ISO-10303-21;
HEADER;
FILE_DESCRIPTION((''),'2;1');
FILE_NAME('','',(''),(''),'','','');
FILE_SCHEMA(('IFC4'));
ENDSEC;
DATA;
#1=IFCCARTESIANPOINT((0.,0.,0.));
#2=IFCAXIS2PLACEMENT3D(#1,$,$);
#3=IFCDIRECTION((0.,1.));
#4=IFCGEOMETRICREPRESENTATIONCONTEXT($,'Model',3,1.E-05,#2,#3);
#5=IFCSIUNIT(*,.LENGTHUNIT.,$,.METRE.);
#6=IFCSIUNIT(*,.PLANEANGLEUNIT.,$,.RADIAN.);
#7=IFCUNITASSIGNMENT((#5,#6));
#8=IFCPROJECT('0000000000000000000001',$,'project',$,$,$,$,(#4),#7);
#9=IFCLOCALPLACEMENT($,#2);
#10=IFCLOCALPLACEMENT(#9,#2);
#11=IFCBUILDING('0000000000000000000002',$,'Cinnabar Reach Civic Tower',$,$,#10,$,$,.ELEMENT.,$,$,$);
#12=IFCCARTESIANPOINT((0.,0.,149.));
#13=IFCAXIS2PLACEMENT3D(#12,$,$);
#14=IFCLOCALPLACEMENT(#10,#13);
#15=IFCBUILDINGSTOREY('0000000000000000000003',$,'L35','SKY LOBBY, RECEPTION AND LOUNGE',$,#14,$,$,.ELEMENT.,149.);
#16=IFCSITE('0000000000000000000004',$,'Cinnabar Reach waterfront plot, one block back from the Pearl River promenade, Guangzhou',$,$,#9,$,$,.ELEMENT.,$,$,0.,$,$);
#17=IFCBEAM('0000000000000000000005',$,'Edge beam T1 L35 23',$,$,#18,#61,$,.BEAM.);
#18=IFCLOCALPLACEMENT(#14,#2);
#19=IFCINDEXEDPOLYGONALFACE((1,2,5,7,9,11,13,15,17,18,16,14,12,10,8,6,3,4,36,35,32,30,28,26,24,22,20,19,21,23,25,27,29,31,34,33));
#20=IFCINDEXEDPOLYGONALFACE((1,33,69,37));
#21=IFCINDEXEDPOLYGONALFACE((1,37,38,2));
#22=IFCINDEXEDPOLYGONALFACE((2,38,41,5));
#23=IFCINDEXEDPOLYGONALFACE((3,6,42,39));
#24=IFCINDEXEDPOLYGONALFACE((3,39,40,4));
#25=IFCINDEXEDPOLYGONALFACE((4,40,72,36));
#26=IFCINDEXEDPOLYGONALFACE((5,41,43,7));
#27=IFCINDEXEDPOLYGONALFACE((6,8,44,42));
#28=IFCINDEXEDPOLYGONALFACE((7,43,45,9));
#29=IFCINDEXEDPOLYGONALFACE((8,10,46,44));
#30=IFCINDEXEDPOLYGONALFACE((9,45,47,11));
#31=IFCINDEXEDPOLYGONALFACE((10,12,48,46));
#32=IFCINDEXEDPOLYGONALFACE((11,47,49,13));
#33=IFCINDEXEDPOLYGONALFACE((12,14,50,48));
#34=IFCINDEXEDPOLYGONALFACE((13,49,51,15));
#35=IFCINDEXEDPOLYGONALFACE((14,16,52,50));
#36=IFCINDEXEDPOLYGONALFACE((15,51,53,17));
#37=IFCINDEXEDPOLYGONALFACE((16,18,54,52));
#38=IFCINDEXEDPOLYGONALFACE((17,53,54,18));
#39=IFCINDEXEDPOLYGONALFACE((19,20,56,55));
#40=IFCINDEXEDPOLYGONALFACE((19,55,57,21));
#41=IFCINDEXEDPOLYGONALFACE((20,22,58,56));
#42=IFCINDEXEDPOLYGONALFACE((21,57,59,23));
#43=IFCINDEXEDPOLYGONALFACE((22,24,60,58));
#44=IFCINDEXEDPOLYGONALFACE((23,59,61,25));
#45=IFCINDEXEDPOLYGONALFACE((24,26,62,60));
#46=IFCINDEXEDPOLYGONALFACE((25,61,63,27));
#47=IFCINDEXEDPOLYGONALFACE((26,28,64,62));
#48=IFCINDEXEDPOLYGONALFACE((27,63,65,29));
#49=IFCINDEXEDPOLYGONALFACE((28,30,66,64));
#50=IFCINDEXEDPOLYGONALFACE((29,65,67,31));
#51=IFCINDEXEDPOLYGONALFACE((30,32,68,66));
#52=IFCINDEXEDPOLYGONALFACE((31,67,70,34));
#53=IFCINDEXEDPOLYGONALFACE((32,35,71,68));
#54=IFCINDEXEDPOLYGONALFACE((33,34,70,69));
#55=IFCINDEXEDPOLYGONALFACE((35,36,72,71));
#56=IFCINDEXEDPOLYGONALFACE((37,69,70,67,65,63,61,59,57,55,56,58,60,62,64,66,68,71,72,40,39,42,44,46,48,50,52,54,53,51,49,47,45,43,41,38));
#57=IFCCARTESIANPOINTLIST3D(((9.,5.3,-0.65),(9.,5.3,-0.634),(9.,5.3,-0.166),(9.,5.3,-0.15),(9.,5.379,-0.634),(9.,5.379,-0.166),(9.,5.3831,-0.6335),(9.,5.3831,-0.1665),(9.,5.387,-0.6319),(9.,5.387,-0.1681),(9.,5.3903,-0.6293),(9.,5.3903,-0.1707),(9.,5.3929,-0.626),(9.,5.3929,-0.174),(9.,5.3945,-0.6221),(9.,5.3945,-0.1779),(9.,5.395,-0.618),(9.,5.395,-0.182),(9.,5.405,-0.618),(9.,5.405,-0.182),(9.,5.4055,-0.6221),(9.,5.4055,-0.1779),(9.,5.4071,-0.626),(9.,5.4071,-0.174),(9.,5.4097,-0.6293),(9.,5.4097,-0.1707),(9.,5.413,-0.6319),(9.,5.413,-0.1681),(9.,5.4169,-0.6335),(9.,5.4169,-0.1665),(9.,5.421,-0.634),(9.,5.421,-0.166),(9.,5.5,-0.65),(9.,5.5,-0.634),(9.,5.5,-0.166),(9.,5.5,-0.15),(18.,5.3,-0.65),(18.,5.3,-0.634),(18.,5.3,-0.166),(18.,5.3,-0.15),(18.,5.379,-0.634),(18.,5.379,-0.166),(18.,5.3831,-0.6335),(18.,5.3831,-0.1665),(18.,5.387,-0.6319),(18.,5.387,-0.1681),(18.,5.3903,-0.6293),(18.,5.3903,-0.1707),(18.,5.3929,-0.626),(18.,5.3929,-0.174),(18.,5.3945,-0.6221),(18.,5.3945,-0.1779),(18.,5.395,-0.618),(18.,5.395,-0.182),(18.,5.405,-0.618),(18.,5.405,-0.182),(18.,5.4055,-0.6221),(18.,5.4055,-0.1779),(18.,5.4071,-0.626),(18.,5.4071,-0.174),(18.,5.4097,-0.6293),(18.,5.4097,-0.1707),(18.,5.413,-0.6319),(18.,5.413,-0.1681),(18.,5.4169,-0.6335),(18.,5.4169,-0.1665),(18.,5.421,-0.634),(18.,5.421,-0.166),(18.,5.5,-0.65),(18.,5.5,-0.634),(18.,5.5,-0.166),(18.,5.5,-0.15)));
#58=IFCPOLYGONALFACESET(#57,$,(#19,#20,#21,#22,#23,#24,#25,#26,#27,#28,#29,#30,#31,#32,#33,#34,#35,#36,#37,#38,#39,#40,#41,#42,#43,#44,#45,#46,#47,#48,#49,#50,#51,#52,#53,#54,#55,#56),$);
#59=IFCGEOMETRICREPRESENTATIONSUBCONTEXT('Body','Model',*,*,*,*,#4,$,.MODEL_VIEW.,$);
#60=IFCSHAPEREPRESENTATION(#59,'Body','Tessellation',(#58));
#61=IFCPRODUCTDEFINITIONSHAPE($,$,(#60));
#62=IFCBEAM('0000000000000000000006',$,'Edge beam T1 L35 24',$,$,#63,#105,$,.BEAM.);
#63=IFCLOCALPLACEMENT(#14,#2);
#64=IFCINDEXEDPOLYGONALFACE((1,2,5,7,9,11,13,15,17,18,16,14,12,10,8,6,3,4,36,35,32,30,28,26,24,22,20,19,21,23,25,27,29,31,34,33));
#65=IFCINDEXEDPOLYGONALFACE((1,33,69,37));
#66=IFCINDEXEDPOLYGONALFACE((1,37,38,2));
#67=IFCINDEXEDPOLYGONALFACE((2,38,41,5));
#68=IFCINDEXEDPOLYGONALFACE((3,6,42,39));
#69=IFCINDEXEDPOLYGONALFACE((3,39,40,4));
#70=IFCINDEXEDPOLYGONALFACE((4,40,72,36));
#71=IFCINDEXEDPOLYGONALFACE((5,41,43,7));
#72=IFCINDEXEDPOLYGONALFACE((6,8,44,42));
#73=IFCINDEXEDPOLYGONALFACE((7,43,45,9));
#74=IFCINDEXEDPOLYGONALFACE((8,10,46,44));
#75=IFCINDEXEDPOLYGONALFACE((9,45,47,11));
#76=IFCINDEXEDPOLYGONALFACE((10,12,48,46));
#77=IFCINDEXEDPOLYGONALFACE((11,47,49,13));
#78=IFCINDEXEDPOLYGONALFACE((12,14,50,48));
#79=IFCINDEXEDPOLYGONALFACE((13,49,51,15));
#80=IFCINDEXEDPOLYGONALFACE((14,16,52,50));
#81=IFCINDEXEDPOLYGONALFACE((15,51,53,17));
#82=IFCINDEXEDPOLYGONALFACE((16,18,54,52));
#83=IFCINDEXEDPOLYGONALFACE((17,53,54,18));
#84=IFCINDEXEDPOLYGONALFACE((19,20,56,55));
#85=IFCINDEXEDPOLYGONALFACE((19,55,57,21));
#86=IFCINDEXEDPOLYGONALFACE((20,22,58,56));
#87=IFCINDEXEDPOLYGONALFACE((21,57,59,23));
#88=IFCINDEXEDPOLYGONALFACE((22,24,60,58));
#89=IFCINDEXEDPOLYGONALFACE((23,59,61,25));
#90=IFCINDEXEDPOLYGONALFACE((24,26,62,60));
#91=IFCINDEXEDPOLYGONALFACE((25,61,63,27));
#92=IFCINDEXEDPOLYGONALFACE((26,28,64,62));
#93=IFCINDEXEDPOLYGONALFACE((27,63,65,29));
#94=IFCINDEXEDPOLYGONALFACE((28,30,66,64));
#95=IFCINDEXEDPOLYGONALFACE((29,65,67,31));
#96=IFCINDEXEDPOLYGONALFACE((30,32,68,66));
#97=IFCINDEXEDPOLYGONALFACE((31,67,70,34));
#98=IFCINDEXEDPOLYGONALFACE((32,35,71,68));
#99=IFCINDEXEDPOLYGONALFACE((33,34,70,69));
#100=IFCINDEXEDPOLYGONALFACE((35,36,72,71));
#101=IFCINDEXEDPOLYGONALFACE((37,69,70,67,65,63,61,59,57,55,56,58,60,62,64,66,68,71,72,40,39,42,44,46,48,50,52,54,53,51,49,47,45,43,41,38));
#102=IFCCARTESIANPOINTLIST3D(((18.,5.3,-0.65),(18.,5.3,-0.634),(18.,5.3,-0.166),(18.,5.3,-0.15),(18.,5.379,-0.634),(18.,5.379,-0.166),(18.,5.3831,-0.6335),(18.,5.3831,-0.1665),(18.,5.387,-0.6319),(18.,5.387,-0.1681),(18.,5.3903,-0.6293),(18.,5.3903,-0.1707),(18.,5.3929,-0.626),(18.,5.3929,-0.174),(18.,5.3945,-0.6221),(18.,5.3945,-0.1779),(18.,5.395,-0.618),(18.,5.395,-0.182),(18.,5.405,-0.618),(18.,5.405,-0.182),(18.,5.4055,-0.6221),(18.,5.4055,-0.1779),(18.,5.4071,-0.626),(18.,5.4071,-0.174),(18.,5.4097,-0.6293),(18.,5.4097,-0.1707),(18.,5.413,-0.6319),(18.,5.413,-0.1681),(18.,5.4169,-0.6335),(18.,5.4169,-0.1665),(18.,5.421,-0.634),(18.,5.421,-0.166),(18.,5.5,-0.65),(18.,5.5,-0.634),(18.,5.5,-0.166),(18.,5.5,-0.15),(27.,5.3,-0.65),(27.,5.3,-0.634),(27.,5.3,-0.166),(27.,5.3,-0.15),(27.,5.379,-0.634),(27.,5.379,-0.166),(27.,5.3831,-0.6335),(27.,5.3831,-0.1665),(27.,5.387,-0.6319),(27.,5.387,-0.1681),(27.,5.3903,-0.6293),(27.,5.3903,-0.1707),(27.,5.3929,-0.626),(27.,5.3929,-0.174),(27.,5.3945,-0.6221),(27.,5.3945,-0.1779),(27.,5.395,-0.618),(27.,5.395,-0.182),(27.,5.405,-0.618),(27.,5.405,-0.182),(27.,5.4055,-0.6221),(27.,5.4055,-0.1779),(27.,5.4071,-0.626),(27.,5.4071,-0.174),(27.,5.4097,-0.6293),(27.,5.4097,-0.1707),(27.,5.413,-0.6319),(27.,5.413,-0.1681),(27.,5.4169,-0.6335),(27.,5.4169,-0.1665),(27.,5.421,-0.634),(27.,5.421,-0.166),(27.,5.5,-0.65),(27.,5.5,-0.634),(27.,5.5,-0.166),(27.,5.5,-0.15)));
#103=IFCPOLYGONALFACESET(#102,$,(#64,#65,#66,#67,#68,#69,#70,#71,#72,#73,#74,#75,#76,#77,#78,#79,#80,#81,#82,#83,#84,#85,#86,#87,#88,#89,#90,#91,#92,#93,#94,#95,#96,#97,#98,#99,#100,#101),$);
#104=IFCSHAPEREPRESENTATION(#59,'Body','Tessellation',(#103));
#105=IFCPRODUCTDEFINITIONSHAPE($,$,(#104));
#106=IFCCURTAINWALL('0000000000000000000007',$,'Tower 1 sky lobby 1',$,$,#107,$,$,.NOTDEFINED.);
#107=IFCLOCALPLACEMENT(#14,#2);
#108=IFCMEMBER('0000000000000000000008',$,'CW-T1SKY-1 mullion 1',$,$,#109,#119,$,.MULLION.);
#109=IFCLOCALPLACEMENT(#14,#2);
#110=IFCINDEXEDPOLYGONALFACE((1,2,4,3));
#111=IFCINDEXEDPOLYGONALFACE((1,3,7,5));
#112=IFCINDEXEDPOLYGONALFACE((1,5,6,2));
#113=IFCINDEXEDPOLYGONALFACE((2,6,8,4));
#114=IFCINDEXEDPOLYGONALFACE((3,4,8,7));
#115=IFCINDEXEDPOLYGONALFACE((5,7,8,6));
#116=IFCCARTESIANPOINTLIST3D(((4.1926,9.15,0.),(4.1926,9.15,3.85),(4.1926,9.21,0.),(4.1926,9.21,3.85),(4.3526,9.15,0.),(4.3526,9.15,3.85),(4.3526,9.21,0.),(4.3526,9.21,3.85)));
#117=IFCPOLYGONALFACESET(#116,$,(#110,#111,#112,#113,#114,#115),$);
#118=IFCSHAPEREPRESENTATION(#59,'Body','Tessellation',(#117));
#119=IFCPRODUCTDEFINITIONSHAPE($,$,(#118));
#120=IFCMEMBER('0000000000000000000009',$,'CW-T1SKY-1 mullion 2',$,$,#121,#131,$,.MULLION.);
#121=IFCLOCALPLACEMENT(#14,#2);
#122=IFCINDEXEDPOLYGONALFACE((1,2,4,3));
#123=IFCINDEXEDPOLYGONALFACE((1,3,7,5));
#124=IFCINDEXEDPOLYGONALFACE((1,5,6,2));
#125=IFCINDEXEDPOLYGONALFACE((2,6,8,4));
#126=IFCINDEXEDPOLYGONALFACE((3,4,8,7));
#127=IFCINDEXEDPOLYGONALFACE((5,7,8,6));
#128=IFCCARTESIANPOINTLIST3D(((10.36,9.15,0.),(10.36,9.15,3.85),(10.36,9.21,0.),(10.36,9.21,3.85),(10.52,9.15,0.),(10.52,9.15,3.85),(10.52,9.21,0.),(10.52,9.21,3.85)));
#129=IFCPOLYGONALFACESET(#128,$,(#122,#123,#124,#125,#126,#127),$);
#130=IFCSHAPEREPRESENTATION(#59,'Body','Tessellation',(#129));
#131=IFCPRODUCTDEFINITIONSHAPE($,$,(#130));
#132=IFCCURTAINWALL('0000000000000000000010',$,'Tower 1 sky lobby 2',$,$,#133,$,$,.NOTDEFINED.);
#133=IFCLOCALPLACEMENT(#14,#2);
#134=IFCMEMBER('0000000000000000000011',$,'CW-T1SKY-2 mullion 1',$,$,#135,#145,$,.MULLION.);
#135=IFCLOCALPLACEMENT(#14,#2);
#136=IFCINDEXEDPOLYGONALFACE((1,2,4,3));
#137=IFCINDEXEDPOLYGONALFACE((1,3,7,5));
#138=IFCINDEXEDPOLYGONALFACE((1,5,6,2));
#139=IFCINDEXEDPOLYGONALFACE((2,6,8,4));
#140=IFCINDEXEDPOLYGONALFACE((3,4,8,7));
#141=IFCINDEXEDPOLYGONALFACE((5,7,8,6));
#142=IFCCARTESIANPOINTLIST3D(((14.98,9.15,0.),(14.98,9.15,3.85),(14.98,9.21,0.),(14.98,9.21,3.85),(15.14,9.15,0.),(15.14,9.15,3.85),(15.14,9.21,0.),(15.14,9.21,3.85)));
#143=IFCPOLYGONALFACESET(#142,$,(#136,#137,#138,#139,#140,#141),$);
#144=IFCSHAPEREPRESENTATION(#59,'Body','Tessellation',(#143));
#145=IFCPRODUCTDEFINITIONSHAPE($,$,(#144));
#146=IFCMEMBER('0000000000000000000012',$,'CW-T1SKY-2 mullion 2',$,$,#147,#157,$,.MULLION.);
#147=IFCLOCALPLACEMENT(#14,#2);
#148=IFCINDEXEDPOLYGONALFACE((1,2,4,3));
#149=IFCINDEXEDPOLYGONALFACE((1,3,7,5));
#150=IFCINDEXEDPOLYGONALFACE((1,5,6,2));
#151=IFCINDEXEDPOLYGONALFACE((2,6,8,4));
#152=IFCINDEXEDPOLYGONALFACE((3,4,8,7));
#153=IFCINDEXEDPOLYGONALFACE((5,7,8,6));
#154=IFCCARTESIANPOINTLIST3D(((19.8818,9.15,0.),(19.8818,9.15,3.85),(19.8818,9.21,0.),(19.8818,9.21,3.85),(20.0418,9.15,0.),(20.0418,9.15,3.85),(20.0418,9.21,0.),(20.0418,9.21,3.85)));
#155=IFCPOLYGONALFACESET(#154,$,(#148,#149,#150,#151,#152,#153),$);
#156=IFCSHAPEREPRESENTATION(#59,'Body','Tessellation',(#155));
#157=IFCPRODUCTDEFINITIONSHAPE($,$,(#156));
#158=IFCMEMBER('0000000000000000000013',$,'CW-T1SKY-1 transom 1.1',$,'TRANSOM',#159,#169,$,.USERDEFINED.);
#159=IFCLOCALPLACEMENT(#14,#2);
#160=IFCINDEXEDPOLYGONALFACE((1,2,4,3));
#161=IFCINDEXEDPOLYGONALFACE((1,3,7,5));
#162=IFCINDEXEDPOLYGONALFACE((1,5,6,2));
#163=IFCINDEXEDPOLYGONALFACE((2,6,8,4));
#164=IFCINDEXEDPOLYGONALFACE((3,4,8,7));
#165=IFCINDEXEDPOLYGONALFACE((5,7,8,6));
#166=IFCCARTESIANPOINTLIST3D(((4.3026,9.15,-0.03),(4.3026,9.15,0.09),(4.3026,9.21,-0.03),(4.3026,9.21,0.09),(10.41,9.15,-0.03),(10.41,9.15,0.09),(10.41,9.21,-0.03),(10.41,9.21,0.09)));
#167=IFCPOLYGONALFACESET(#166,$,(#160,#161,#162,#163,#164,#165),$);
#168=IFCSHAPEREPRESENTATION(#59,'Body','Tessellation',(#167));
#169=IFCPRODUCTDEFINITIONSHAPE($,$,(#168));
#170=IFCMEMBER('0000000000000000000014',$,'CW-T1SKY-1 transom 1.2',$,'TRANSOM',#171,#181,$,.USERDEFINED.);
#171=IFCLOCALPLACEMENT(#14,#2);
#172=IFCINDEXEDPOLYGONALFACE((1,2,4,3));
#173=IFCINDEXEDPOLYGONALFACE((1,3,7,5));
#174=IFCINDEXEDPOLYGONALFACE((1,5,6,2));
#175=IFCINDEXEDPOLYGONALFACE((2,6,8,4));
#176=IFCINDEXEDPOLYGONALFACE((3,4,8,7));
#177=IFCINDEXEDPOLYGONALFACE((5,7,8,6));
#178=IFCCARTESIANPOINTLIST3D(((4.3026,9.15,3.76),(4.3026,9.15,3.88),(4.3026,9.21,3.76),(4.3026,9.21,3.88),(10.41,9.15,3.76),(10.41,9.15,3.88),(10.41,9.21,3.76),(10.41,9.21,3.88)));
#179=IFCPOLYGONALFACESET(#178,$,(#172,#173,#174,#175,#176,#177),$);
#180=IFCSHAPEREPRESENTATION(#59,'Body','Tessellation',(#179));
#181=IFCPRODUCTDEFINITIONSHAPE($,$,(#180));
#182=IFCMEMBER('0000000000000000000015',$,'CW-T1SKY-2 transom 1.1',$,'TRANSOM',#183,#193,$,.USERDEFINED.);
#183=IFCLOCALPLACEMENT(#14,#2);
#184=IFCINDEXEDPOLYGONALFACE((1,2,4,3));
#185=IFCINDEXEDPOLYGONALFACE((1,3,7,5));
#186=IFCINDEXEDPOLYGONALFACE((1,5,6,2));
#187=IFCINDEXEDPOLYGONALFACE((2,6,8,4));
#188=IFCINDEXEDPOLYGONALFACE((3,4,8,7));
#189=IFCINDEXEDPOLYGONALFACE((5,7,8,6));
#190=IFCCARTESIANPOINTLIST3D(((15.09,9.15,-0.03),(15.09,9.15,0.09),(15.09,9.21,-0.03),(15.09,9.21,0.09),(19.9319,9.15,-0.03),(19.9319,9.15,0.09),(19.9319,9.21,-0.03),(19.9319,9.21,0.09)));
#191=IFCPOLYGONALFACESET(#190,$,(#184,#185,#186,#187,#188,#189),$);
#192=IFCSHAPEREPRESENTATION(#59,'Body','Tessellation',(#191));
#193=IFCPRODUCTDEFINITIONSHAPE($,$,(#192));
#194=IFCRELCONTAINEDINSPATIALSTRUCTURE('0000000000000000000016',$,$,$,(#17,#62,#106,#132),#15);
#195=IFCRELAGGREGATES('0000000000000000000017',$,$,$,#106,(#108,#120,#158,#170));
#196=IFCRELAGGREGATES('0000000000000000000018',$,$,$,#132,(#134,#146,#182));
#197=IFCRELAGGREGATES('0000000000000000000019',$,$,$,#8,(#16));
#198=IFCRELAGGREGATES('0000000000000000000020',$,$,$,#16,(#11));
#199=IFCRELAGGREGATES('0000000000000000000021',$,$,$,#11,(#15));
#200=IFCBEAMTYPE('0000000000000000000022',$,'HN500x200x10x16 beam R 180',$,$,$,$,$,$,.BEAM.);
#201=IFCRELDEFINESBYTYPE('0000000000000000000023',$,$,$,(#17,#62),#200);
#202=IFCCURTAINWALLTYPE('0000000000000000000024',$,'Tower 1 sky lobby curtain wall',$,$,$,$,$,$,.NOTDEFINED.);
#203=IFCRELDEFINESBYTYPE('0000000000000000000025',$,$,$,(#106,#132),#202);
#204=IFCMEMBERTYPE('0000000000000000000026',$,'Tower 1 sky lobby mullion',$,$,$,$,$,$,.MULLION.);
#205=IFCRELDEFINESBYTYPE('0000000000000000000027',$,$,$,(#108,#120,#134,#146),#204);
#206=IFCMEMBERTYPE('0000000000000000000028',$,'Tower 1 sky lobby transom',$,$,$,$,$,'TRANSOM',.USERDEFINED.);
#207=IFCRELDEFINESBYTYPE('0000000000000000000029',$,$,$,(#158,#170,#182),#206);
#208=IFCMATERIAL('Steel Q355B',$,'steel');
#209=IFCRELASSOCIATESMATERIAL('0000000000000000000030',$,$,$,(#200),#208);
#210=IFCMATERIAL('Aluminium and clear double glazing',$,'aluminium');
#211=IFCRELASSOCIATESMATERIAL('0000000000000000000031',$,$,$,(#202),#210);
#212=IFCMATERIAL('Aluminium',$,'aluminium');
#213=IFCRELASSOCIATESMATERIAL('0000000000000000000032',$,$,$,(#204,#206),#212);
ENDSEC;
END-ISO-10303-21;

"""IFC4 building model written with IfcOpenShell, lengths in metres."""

from ifc_helpers import new_model, si_unit, direction, frame, origin, origin_2d, place, context, subcontext, project, spatial, rectangle, i_section, extrude, material, material_profile, profile_set, type_object, element, aggregate, save


model = new_model("IFC4")

# Units and contexts
model_context = context("Model", 3, precision=1e-05, world=origin(), true_north=direction((0.0, 1.0)))
body_context = subcontext(model_context, "Body", "Model", "MODEL_VIEW")
ifc_project = project(units=[si_unit("LENGTHUNIT", "METRE"), si_unit("PLANEANGLEUNIT", "RADIAN")], contexts=[model_context])

# Site, building, storey
site_placement = place(None, origin())
site = spatial("IfcSite", under=ifc_project, at=site_placement, Name="Cinnabar Reach waterfront plot, one block back from the Pearl River promenade, Guangzhou", CompositionType="ELEMENT", RefElevation=0.0)
building_placement = place(site_placement, origin())
building = spatial("IfcBuilding", under=site, at=building_placement, Name="Cinnabar Reach Civic Tower", CompositionType="ELEMENT")
storey_placement = place(building_placement, frame((0.0, 0.0, 149.0)))
storey = spatial("IfcBuildingStorey", under=building, at=storey_placement, Name="L35", Description="SKY LOBBY, RECEPTION AND LOUNGE", CompositionType="ELEMENT", Elevation=149.0)

# Beams
ifc_material_1 = material(Name="Steel Q355B", Category="steel")
ifc_material_profile_1 = material_profile(ifc_material_1, i_section(OverallWidth=0.2, OverallDepth=0.5, WebThickness=0.01, FlangeThickness=0.016, FilletRadius=0.016, at=origin_2d()), Name="HN500x200x10x16")
ifc_profile_set_1 = profile_set([ifc_material_profile_1], Name="Steel Q355B")
beam_type_1 = type_object("IfcBeamType", Name="HN500x200x10x16 beam R 180", PredefinedType="BEAM", material=ifc_profile_set_1)
for number, where, z_axis, x_axis, name in (
    (1, (9.0, 5.4, -0.4), (1.0, 0.0, 0.0), (0.0, 1.0, 0.0), "Edge beam T1 L35 23"),
    (2, (18.0, 5.4, -0.4), (1.0, 0.0, 0.0), (0.0, 1.0, 0.0), "Edge beam T1 L35 24"),
):
    element("IfcBeam", number, at=place(storey_placement, frame(where, z_axis=z_axis, x_axis=x_axis)), inside=storey, type_object=beam_type_1, Name=name, PredefinedType="BEAM", context=body_context, shape_type="SweptSolid", body=[
        extrude(i_section(OverallWidth=0.2, OverallDepth=0.5, WebThickness=0.01, FlangeThickness=0.016, FilletRadius=0.016, at=origin_2d()), origin(), (0.0, 0.0, 1.0), 9.0),
    ])

# Curtain walls, members
ifc_material_2 = material(Name="Aluminium and clear double glazing", Category="aluminium")
curtain_wall_type = type_object("IfcCurtainWallType", Name="Tower 1 sky lobby curtain wall", PredefinedType="NOTDEFINED", material=ifc_material_2)
curtain_wall_1_placement = place(storey_placement, origin())
curtain_wall_1 = element("IfcCurtainWall", 3, at=curtain_wall_1_placement, inside=storey, type_object=curtain_wall_type, Name="Tower 1 sky lobby 1", PredefinedType="NOTDEFINED")
ifc_material_3 = material(Name="Aluminium", Category="aluminium")
ifc_material_profile_2 = material_profile(ifc_material_3, rectangle(XDim=0.06, YDim=0.16, at=origin_2d()), Name="Tower 1 sky lobby mullion")
ifc_profile_set_2 = profile_set([ifc_material_profile_2], Name="Aluminium")
member_type_1 = type_object("IfcMemberType", Name="Tower 1 sky lobby mullion", PredefinedType="MULLION", material=ifc_profile_set_2)
member_1_placement = place(storey_placement, frame((4.2726, 9.18, 0.0), z_axis=(0.0, 0.0, 1.0), x_axis=(0.0, 1.0, 0.0)))
member_1 = element("IfcMember", 4, at=member_1_placement, type_object=member_type_1, Name="CW-T1SKY-1 mullion 1", PredefinedType="MULLION", context=body_context, shape_type="SweptSolid", body=[
    extrude(rectangle(XDim=0.06, YDim=0.16, at=origin_2d()), origin(), (0.0, 0.0, 1.0), 3.85),
])
member_2_placement = place(storey_placement, frame((10.44, 9.18, 0.0), z_axis=(0.0, 0.0, 1.0), x_axis=(0.0, 1.0, 0.0)))
member_2 = element("IfcMember", 5, at=member_2_placement, type_object=member_type_1, Name="CW-T1SKY-1 mullion 2", PredefinedType="MULLION", context=body_context, shape_type="SweptSolid", body=[
    extrude(rectangle(XDim=0.06, YDim=0.16, at=origin_2d()), origin(), (0.0, 0.0, 1.0), 3.85),
])
curtain_wall_2_placement = place(storey_placement, origin())
curtain_wall_2 = element("IfcCurtainWall", 6, at=curtain_wall_2_placement, inside=storey, type_object=curtain_wall_type, Name="Tower 1 sky lobby 2", PredefinedType="NOTDEFINED")
member_3_placement = place(storey_placement, frame((15.06, 9.18, 0.0), z_axis=(0.0, 0.0, 1.0), x_axis=(0.0, 1.0, 0.0)))
member_3 = element("IfcMember", 7, at=member_3_placement, type_object=member_type_1, Name="CW-T1SKY-2 mullion 1", PredefinedType="MULLION", context=body_context, shape_type="SweptSolid", body=[
    extrude(rectangle(XDim=0.06, YDim=0.16, at=origin_2d()), origin(), (0.0, 0.0, 1.0), 3.85),
])
member_4_placement = place(storey_placement, frame((19.9618, 9.18, 0.0), z_axis=(0.0, 0.0, 1.0), x_axis=(0.0, 1.0, 0.0)))
member_4 = element("IfcMember", 8, at=member_4_placement, type_object=member_type_1, Name="CW-T1SKY-2 mullion 2", PredefinedType="MULLION", context=body_context, shape_type="SweptSolid", body=[
    extrude(rectangle(XDim=0.06, YDim=0.16, at=origin_2d()), origin(), (0.0, 0.0, 1.0), 3.85),
])

# Members
ifc_material_profile_3 = material_profile(ifc_material_3, rectangle(XDim=0.06, YDim=0.12, at=origin_2d()), Name="Tower 1 sky lobby transom")
ifc_profile_set_3 = profile_set([ifc_material_profile_3], Name="Aluminium")
member_type_2 = type_object("IfcMemberType", Name="Tower 1 sky lobby transom", ElementType="TRANSOM", PredefinedType="USERDEFINED", material=ifc_profile_set_3)
member_5_placement = place(storey_placement, frame((4.3026, 9.18, 0.03), z_axis=(1.0, 0.0, 0.0), x_axis=(0.0, 1.0, 0.0)))
member_5 = element("IfcMember", 9, at=member_5_placement, type_object=member_type_2, Name="CW-T1SKY-1 transom 1.1", ObjectType="TRANSOM", PredefinedType="USERDEFINED", context=body_context, shape_type="SweptSolid", body=[
    extrude(rectangle(XDim=0.06, YDim=0.12, at=origin_2d()), origin(), (0.0, 0.0, 1.0), 6.1074),
])
member_6_placement = place(storey_placement, frame((4.3026, 9.18, 3.82), z_axis=(1.0, 0.0, 0.0), x_axis=(0.0, 1.0, 0.0)))
member_6 = element("IfcMember", 10, at=member_6_placement, type_object=member_type_2, Name="CW-T1SKY-1 transom 1.2", ObjectType="TRANSOM", PredefinedType="USERDEFINED", context=body_context, shape_type="SweptSolid", body=[
    extrude(rectangle(XDim=0.06, YDim=0.12, at=origin_2d()), origin(), (0.0, 0.0, 1.0), 6.1074),
])
member_7_placement = place(storey_placement, frame((15.09, 9.18, 0.03), z_axis=(1.0, 0.0, 0.0), x_axis=(0.0, 1.0, 0.0)))
member_7 = element("IfcMember", 11, at=member_7_placement, type_object=member_type_2, Name="CW-T1SKY-2 transom 1.1", ObjectType="TRANSOM", PredefinedType="USERDEFINED", context=body_context, shape_type="SweptSolid", body=[
    extrude(rectangle(XDim=0.06, YDim=0.12, at=origin_2d()), origin(), (0.0, 0.0, 1.0), 4.8419),
])

aggregate(curtain_wall_1, [member_1, member_2, member_5, member_6])
aggregate(curtain_wall_2, [member_3, member_4, member_7])

save(model, "model.ifc")
